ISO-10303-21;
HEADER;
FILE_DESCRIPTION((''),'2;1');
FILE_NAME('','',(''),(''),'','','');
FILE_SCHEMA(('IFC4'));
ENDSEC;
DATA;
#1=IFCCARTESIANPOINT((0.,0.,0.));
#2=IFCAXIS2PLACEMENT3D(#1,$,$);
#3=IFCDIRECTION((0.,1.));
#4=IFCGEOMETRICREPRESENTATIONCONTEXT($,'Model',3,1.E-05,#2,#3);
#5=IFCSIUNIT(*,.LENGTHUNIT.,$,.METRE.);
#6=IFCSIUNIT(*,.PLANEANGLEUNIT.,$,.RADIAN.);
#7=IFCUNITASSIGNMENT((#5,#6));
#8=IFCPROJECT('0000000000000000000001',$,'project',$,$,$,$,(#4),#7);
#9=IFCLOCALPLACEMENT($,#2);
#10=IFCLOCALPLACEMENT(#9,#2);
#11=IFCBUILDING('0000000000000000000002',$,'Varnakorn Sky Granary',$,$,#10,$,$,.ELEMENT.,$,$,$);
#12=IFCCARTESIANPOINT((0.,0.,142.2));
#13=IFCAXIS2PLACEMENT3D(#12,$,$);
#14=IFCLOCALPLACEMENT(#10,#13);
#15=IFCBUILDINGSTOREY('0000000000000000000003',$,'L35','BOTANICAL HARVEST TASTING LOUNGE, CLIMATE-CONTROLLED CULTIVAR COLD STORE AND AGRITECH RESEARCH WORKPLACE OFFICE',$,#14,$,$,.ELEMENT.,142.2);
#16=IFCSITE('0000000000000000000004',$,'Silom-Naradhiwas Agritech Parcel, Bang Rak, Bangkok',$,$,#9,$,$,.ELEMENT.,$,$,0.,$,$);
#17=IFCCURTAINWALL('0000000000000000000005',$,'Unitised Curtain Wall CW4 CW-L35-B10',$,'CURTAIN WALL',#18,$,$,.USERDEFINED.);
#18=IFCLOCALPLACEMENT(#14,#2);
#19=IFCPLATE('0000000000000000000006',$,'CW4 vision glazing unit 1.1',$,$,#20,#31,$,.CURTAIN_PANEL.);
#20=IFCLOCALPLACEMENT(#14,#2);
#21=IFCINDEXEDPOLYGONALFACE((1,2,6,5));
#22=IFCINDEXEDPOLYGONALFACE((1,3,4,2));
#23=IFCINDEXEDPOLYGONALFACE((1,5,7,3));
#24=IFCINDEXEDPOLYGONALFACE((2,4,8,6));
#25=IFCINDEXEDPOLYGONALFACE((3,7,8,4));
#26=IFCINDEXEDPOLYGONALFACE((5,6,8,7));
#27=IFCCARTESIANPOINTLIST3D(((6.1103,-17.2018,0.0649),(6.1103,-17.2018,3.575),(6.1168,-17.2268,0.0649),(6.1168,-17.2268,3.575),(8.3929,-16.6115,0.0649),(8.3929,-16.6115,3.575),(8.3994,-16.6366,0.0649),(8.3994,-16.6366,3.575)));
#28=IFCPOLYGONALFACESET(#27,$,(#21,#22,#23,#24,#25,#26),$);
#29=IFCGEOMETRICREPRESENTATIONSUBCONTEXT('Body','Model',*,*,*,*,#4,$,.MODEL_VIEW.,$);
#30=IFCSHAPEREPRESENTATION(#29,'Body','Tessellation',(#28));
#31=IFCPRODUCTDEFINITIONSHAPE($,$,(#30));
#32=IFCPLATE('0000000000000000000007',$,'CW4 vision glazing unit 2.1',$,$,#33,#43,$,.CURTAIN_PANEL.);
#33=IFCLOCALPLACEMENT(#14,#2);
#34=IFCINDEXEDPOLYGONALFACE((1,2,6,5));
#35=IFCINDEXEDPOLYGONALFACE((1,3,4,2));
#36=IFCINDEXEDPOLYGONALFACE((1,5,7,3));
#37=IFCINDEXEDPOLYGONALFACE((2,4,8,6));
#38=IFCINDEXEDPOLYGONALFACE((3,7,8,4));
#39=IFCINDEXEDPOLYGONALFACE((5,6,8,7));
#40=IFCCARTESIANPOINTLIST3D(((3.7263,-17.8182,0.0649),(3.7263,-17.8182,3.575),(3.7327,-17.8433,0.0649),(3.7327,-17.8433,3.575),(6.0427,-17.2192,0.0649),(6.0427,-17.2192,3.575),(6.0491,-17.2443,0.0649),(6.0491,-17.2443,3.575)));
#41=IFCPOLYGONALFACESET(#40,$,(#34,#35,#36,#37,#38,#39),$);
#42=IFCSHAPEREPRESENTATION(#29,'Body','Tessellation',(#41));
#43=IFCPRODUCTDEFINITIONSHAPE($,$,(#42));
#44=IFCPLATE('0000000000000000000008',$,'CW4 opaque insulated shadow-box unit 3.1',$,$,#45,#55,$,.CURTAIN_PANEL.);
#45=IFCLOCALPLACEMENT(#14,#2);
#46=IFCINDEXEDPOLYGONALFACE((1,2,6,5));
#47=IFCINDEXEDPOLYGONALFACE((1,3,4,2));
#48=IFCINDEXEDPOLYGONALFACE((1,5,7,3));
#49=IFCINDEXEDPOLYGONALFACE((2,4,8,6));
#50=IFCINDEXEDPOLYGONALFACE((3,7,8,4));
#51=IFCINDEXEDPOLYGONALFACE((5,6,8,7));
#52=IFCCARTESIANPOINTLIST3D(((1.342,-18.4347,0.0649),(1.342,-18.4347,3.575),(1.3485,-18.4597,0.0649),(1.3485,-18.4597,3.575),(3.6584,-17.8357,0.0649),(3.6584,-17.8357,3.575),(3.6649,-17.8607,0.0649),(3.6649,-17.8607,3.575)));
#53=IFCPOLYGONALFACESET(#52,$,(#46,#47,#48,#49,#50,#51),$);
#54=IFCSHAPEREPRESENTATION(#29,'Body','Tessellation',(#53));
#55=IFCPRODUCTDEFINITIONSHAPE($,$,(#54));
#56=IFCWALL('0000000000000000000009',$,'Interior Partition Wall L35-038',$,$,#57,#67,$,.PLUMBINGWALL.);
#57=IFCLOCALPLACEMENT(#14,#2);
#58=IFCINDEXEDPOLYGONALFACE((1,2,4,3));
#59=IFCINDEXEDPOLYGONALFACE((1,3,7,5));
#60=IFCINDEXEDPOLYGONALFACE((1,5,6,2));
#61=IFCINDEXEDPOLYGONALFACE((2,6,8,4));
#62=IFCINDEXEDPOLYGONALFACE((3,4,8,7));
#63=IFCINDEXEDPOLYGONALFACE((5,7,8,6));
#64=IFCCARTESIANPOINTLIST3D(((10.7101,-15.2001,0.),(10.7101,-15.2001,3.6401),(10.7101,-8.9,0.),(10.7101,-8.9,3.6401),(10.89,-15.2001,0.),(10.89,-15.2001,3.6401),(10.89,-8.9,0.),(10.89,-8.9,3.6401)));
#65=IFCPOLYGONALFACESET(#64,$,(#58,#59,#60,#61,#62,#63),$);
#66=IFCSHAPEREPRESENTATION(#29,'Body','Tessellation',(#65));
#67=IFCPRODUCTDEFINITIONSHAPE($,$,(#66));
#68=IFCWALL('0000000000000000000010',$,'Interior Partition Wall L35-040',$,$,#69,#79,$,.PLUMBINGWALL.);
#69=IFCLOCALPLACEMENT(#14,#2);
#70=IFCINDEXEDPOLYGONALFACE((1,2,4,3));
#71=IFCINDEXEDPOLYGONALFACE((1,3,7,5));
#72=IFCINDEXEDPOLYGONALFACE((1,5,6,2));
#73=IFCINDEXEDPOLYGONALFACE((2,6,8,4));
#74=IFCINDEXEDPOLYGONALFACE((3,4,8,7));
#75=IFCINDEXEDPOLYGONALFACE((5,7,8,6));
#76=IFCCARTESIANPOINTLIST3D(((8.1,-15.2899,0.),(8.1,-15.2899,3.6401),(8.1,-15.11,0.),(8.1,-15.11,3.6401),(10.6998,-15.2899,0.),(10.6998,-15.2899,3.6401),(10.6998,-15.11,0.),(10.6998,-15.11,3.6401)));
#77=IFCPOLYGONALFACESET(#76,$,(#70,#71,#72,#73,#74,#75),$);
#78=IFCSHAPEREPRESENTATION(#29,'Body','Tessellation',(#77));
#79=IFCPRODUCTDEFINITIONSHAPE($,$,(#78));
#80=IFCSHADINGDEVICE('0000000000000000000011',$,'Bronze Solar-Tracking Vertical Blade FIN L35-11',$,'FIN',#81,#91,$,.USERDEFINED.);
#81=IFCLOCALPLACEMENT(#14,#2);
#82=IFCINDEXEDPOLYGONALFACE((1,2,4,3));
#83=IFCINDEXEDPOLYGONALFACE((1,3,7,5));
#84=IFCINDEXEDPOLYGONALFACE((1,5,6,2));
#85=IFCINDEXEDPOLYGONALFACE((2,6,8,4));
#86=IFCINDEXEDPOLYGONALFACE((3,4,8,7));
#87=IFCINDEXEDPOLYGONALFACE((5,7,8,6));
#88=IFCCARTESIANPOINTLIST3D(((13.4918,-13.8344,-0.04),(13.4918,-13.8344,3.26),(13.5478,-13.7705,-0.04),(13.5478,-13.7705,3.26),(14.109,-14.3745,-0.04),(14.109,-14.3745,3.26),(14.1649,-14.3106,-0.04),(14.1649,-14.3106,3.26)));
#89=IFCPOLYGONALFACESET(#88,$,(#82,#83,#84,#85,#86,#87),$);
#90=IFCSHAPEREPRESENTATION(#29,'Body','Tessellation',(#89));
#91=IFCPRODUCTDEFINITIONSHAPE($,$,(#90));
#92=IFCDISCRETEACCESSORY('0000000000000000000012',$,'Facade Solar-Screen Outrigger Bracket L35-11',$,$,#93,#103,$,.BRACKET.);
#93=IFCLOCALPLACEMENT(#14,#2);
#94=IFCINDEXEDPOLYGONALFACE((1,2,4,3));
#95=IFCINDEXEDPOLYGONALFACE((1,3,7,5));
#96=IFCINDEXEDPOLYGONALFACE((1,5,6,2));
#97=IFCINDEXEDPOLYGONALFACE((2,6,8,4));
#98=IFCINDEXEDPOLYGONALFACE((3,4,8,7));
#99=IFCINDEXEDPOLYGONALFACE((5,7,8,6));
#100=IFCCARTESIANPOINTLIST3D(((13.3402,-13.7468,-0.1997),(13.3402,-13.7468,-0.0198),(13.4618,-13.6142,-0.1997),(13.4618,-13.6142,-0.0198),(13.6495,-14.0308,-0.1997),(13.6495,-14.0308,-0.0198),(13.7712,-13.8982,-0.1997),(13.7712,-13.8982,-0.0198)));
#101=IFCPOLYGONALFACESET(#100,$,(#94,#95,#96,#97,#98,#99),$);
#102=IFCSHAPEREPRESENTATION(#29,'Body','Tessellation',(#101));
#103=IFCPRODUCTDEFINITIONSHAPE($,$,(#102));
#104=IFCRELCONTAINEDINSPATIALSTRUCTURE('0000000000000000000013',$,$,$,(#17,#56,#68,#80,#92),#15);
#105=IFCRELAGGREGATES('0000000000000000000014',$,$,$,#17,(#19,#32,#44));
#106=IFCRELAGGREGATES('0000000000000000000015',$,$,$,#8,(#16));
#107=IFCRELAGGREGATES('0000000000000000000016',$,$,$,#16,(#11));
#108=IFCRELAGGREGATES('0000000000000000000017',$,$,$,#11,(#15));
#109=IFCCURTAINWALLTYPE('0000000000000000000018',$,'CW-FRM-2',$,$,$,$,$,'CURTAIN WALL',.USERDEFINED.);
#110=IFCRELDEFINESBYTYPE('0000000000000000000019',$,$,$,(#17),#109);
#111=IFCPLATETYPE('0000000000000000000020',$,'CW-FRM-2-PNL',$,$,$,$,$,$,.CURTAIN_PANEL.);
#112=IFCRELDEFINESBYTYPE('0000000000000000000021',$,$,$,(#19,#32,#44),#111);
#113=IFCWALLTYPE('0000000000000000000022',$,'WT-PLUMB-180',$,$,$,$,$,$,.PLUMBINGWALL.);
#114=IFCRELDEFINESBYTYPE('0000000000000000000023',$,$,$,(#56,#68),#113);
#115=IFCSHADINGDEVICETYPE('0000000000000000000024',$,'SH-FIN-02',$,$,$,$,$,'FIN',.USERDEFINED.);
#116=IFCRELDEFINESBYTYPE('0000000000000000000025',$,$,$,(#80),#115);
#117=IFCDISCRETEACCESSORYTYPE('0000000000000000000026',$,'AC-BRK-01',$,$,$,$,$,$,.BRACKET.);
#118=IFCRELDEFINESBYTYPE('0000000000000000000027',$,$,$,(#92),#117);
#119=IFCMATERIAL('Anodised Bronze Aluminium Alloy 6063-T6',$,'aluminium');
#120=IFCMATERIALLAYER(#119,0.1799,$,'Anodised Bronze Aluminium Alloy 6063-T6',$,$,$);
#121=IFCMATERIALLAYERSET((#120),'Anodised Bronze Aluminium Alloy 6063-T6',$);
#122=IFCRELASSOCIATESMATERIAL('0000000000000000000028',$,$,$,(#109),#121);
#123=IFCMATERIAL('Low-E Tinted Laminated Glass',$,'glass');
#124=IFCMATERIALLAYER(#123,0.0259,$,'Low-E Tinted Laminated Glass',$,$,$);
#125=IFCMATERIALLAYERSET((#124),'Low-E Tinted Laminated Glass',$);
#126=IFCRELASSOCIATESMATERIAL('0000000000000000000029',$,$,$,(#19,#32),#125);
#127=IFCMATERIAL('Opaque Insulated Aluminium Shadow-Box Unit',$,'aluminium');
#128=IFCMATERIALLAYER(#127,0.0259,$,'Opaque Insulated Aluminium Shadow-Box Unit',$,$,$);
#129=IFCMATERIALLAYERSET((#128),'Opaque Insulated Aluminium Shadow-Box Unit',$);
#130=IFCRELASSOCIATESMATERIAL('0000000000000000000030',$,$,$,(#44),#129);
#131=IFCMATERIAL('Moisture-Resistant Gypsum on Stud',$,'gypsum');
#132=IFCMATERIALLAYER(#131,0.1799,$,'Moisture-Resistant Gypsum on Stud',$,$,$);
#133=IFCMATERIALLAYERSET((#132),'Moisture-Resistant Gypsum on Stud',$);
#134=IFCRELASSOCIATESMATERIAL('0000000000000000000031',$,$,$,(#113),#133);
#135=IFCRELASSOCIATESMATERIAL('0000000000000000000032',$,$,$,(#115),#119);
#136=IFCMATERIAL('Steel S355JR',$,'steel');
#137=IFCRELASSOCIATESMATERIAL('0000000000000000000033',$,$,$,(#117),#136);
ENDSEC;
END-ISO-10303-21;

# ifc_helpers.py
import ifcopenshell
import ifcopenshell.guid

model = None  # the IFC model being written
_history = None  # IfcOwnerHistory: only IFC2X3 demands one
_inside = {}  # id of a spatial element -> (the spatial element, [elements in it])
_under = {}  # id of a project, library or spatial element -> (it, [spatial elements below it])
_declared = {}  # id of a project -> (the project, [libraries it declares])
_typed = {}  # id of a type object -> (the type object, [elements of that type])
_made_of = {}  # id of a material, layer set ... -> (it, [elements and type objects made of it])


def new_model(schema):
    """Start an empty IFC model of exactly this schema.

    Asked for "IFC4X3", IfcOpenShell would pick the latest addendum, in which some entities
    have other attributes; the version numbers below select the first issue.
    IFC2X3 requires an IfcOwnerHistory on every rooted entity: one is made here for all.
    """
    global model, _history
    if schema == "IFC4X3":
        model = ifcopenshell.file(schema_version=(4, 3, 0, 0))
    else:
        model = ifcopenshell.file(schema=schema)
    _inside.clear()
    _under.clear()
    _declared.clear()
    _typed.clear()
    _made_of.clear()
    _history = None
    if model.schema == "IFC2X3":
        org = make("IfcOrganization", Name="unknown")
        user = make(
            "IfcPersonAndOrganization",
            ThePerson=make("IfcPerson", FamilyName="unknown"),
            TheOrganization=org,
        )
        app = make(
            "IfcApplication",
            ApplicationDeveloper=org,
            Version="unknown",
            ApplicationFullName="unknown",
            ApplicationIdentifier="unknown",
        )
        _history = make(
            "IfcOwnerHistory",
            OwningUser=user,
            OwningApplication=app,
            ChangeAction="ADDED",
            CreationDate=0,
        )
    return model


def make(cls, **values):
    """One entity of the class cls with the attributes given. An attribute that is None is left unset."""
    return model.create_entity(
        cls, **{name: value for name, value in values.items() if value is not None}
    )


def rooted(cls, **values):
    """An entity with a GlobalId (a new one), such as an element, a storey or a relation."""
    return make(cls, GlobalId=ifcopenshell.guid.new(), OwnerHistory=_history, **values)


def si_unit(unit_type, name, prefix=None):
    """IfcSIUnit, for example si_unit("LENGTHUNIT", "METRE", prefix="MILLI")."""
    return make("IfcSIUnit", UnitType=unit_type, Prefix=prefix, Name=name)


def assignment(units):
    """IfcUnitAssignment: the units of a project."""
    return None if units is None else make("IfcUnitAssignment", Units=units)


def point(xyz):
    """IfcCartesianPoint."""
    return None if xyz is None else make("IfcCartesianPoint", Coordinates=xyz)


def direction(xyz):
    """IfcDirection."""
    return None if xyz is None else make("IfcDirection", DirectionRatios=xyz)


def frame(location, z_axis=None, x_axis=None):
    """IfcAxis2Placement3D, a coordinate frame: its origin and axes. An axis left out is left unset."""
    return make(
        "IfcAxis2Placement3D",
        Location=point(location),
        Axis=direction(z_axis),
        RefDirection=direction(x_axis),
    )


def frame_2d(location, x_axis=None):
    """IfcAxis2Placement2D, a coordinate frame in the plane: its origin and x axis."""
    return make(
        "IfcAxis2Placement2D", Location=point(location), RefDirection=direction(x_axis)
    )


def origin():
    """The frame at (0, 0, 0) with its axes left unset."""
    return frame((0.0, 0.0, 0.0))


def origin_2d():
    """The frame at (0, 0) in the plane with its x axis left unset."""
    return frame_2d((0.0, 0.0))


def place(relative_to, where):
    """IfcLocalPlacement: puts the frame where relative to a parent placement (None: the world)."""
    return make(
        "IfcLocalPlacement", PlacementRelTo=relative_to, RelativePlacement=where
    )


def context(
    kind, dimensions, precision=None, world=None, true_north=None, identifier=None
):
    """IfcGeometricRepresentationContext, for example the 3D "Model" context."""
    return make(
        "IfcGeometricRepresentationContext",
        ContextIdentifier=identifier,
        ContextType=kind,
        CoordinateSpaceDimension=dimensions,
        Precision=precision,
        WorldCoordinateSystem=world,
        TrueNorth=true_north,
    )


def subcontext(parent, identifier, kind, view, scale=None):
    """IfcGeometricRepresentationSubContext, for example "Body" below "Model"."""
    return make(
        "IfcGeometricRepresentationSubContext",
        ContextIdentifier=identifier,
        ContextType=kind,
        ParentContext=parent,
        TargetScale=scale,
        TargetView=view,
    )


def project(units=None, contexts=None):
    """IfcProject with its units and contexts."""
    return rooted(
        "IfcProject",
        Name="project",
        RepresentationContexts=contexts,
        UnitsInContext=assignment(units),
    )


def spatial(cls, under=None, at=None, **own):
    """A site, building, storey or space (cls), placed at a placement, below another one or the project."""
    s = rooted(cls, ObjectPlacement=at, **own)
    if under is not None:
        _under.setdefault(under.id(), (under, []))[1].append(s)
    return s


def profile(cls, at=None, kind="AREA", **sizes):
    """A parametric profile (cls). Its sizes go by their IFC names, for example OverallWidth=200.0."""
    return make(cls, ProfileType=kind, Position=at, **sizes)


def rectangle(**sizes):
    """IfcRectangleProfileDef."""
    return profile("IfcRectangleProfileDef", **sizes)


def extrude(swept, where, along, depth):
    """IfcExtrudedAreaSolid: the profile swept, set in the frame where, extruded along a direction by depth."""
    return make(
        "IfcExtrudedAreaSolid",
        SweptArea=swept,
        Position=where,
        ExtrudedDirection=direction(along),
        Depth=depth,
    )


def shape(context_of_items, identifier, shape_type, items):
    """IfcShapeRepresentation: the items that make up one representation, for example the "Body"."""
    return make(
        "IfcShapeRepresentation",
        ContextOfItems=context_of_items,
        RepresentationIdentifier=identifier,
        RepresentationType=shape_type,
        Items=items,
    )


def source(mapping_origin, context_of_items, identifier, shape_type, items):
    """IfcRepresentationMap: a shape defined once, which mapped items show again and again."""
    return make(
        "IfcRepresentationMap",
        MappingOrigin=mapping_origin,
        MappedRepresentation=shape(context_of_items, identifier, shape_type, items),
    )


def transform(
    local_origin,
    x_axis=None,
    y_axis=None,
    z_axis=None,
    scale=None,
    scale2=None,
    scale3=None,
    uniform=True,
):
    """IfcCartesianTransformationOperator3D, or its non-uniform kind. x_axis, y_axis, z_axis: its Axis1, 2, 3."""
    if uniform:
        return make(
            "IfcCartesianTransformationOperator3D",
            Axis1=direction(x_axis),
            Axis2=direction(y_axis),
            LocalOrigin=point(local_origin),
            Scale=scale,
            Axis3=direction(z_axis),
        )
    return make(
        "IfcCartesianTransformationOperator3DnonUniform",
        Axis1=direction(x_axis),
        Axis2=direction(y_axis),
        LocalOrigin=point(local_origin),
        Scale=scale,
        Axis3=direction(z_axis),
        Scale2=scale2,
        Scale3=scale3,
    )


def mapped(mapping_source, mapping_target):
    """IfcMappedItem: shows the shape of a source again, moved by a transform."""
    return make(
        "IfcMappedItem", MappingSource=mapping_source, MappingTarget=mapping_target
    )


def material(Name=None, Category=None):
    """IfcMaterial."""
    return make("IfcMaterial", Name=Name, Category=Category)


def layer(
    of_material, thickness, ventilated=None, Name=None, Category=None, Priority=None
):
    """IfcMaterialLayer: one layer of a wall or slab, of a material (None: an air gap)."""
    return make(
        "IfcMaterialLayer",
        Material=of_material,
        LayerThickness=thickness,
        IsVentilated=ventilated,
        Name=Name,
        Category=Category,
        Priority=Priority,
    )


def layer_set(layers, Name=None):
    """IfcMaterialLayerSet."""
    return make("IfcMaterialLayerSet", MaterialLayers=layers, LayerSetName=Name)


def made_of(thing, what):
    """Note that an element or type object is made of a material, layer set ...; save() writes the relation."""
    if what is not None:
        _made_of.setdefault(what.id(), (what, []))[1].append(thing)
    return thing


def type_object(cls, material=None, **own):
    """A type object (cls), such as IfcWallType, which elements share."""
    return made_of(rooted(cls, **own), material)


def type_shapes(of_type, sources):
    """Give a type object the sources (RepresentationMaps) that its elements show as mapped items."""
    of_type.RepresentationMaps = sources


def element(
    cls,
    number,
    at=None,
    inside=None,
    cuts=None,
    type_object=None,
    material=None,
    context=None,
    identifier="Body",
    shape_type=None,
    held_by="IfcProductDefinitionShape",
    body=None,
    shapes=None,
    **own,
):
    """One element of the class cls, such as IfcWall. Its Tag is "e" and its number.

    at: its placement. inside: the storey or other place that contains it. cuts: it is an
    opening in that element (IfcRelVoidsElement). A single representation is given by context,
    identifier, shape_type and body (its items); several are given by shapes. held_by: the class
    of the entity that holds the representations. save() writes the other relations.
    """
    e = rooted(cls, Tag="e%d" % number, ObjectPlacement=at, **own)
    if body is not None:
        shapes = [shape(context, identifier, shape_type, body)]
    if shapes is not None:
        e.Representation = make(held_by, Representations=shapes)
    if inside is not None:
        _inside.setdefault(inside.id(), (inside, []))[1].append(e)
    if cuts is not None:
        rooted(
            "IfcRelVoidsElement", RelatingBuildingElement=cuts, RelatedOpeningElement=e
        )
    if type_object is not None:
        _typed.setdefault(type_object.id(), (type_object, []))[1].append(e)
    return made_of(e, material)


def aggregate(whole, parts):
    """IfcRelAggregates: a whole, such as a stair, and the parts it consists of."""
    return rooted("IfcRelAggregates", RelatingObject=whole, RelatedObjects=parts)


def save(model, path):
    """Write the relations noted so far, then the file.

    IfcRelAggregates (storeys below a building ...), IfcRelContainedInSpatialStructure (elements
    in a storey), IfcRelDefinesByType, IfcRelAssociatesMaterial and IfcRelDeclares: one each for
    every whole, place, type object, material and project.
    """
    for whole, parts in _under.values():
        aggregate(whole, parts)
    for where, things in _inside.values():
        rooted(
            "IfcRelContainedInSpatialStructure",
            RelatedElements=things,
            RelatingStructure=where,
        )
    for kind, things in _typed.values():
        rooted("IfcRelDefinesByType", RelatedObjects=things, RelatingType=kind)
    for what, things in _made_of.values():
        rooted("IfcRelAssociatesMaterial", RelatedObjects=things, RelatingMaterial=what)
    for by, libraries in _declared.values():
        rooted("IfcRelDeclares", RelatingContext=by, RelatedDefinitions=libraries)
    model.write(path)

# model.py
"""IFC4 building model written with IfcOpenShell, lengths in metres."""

from ifc_helpers import new_model, si_unit, direction, frame, frame_2d, origin, origin_2d, place, context, subcontext, project, spatial, rectangle, extrude, source, transform, mapped, material, layer, layer_set, type_object, type_shapes, element, aggregate, save


model = new_model("IFC4")

# Units and contexts
model_context = context("Model", 3, precision=1e-05, world=origin(), true_north=direction((0.0, 1.0)))
body_context = subcontext(model_context, "Body", "Model", "MODEL_VIEW")
ifc_project = project(units=[si_unit("LENGTHUNIT", "METRE"), si_unit("PLANEANGLEUNIT", "RADIAN")], contexts=[model_context])

# Site, building, storey
site_placement = place(None, origin())
site = spatial("IfcSite", under=ifc_project, at=site_placement, Name="Silom-Naradhiwas Agritech Parcel, Bang Rak, Bangkok", CompositionType="ELEMENT", RefElevation=0.0)
building_placement = place(site_placement, origin())
building = spatial("IfcBuilding", under=site, at=building_placement, Name="Varnakorn Sky Granary", CompositionType="ELEMENT")
storey_placement = place(building_placement, frame((0.0, 0.0, 142.2)))
storey = spatial("IfcBuildingStorey", under=building, at=storey_placement, Name="L35", Description="BOTANICAL HARVEST TASTING LOUNGE, CLIMATE-CONTROLLED CULTIVAR COLD STORE AND AGRITECH RESEARCH WORKPLACE OFFICE", CompositionType="ELEMENT", Elevation=142.2)

# Shared definitions
ifc_material_1 = material(Name="Steel S355JR", Category="steel")

# Curtain wall
ifc_material_2 = material(Name="Anodised Bronze Aluminium Alloy 6063-T6", Category="aluminium")
ifc_layer_1 = layer(ifc_material_2, 0.1799, Name="Anodised Bronze Aluminium Alloy 6063-T6")
ifc_layer_set_1 = layer_set([ifc_layer_1], Name="Anodised Bronze Aluminium Alloy 6063-T6")
curtain_wall_type = type_object("IfcCurtainWallType", Name="CW-FRM-2", ElementType="CURTAIN WALL", PredefinedType="USERDEFINED", material=ifc_layer_set_1)
curtain_wall_1_placement = place(storey_placement, origin())
curtain_wall_1 = element("IfcCurtainWall", 1, at=curtain_wall_1_placement, inside=storey, type_object=curtain_wall_type, Name="Unitised Curtain Wall CW4 CW-L35-B10", ObjectType="CURTAIN WALL", PredefinedType="USERDEFINED")

# Plates
ifc_material_3 = material(Name="Opaque Insulated Aluminium Shadow-Box Unit", Category="aluminium")
ifc_layer_2 = layer(ifc_material_3, 0.0259, Name="Opaque Insulated Aluminium Shadow-Box Unit")
ifc_layer_set_2 = layer_set([ifc_layer_2], Name="Opaque Insulated Aluminium Shadow-Box Unit")
plate_type = type_object("IfcPlateType", Name="CW-FRM-2-PNL", PredefinedType="CURTAIN_PANEL")
ifc_material_4 = material(Name="Low-E Tinted Laminated Glass", Category="glass")
ifc_layer_3 = layer(ifc_material_4, 0.0259, Name="Low-E Tinted Laminated Glass")
ifc_layer_set_3 = layer_set([ifc_layer_3], Name="Low-E Tinted Laminated Glass")
shared_shape_1 = source(origin(), body_context, "Body", "SweptSolid", [
    extrude(rectangle(XDim=2.3577, YDim=0.0259, at=origin_2d()), origin(), (0.0, 0.0, 1.0), 3.51),
])
plate_1_placement = place(storey_placement, frame((7.2549, -16.9192, 0.0649), z_axis=(0.0, 0.0, 1.0), x_axis=(-0.968156, -0.250348, 0.0)))
plate_1 = element("IfcPlate", 2, at=plate_1_placement, type_object=plate_type, material=ifc_layer_set_3, Name="CW4 vision glazing unit 1.1", PredefinedType="CURTAIN_PANEL", context=body_context, shape_type="MappedRepresentation", body=[
    mapped(shared_shape_1, transform((0.0, 0.0, 0.0), x_axis=(1.0, 0.0, 0.0), y_axis=(0.0, 1.0, 0.0), z_axis=(0.0, 0.0, 1.0), scale=1.0)),
])
shared_shape_2 = source(origin(), body_context, "Body", "SweptSolid", [
    extrude(rectangle(XDim=2.3926, YDim=0.0259, at=origin_2d()), origin(), (0.0, 0.0, 1.0), 3.51),
])
plate_2_placement = place(storey_placement, frame((4.8877, -17.5312, 0.0649), z_axis=(0.0, 0.0, 1.0), x_axis=(-0.968156, -0.250348, 0.0)))
plate_2 = element("IfcPlate", 3, at=plate_2_placement, type_object=plate_type, material=ifc_layer_set_3, Name="CW4 vision glazing unit 2.1", PredefinedType="CURTAIN_PANEL", context=body_context, shape_type="MappedRepresentation", body=[
    mapped(shared_shape_2, transform((0.0, 0.0, 0.0), x_axis=(1.0, 0.0, 0.0), y_axis=(0.0, 1.0, 0.0), z_axis=(0.0, 0.0, 1.0), scale=1.0)),
])
plate_3_placement = place(storey_placement, frame((2.5034, -18.1477, 0.0649), z_axis=(0.0, 0.0, 1.0), x_axis=(-0.968156, -0.250348, 0.0)))
plate_3 = element("IfcPlate", 4, at=plate_3_placement, type_object=plate_type, material=ifc_layer_set_2, Name="CW4 opaque insulated shadow-box unit 3.1", PredefinedType="CURTAIN_PANEL", context=body_context, shape_type="MappedRepresentation", body=[
    mapped(shared_shape_2, transform((0.0, 0.0, 0.0), x_axis=(1.0, 0.0, 0.0), y_axis=(0.0, 1.0, 0.0), z_axis=(0.0, 0.0, 1.0), scale=1.0)),
])
aggregate(curtain_wall_1, [plate_1, plate_2, plate_3])

# Walls
ifc_material_5 = material(Name="Moisture-Resistant Gypsum on Stud", Category="gypsum")
ifc_layer_4 = layer(ifc_material_5, 0.1799, Name="Moisture-Resistant Gypsum on Stud")
ifc_layer_set_4 = layer_set([ifc_layer_4], Name="Moisture-Resistant Gypsum on Stud")
wall_type = type_object("IfcWallType", Name="WT-PLUMB-180", PredefinedType="PLUMBINGWALL", material=ifc_layer_set_4)
wall_1_placement = place(storey_placement, frame((10.8, -15.2, 0.0), z_axis=(0.0, 0.0, 1.0), x_axis=(0.0, 1.0, 0.0)))
element("IfcWall", 5, at=wall_1_placement, inside=storey, type_object=wall_type, Name="Interior Partition Wall L35-038", PredefinedType="PLUMBINGWALL", context=body_context, shape_type="SweptSolid", body=[
    extrude(rectangle(XDim=6.3, YDim=0.1799, at=frame_2d((3.1499, 0.0))), origin(), (0.0, 0.0, 1.0), 3.6401),
])
wall_2_placement = place(storey_placement, frame((8.1001, -15.2, 0.0), z_axis=(0.0, 0.0, 1.0), x_axis=(1.0, 0.0, 0.0)))
element("IfcWall", 6, at=wall_2_placement, inside=storey, type_object=wall_type, Name="Interior Partition Wall L35-040", PredefinedType="PLUMBINGWALL", context=body_context, shape_type="SweptSolid", body=[
    extrude(rectangle(XDim=2.5999, YDim=0.1799, at=frame_2d((1.2998, 0.0))), origin(), (0.0, 0.0, 1.0), 3.6401),
])

# Shading device
shading_device_type = type_object("IfcShadingDeviceType", Name="SH-FIN-02", ElementType="FIN", PredefinedType="USERDEFINED", material=ifc_material_2)
shared_shape_3 = source(origin(), body_context, "Body", "SweptSolid", [
    extrude(rectangle(XDim=0.085, YDim=0.8201, at=origin_2d()), origin(), (0.0, 0.0, 1.0), 3.3),
])
type_shapes(shading_device_type, [shared_shape_3])
shading_device_placement = place(storey_placement, frame((13.8284, -14.0725, -0.04), z_axis=(0.0, 0.0, 1.0), x_axis=(0.658562, 0.752527, 0.0)))
element("IfcShadingDevice", 7, at=shading_device_placement, inside=storey, type_object=shading_device_type, Name="Bronze Solar-Tracking Vertical Blade FIN L35-11", ObjectType="FIN", PredefinedType="USERDEFINED", context=body_context, shape_type="MappedRepresentation", body=[
    mapped(shared_shape_3, transform((0.0, 0.0, 0.0), x_axis=(1.0, 0.0, 0.0), y_axis=(0.0, 1.0, 0.0), z_axis=(0.0, 0.0, 1.0), scale=1.0)),
])

# Discrete accessory
discrete_accessory_type = type_object("IfcDiscreteAccessoryType", Name="AC-BRK-01", PredefinedType="BRACKET", material=ifc_material_1)
shared_shape_4 = source(origin(), body_context, "Body", "SweptSolid", [
    extrude(rectangle(XDim=0.1799, YDim=0.4199, at=origin_2d()), origin(), (0.0, 0.0, 1.0), 0.1799),
])
type_shapes(discrete_accessory_type, [shared_shape_4])
discrete_accessory_placement = place(storey_placement, frame((13.5557, -13.8225, -0.1997), z_axis=(0.0, 0.0, 1.0), x_axis=(0.676291, 0.736635, 0.0)))
element("IfcDiscreteAccessory", 8, at=discrete_accessory_placement, inside=storey, type_object=discrete_accessory_type, Name="Facade Solar-Screen Outrigger Bracket L35-11", PredefinedType="BRACKET", context=body_context, shape_type="MappedRepresentation", body=[
    mapped(shared_shape_4, transform((0.0, 0.0, 0.0), x_axis=(1.0, 0.0, 0.0), y_axis=(0.0, 1.0, 0.0), z_axis=(0.0, 0.0, 1.0), scale=1.0)),
])

save(model, "model.ifc")
